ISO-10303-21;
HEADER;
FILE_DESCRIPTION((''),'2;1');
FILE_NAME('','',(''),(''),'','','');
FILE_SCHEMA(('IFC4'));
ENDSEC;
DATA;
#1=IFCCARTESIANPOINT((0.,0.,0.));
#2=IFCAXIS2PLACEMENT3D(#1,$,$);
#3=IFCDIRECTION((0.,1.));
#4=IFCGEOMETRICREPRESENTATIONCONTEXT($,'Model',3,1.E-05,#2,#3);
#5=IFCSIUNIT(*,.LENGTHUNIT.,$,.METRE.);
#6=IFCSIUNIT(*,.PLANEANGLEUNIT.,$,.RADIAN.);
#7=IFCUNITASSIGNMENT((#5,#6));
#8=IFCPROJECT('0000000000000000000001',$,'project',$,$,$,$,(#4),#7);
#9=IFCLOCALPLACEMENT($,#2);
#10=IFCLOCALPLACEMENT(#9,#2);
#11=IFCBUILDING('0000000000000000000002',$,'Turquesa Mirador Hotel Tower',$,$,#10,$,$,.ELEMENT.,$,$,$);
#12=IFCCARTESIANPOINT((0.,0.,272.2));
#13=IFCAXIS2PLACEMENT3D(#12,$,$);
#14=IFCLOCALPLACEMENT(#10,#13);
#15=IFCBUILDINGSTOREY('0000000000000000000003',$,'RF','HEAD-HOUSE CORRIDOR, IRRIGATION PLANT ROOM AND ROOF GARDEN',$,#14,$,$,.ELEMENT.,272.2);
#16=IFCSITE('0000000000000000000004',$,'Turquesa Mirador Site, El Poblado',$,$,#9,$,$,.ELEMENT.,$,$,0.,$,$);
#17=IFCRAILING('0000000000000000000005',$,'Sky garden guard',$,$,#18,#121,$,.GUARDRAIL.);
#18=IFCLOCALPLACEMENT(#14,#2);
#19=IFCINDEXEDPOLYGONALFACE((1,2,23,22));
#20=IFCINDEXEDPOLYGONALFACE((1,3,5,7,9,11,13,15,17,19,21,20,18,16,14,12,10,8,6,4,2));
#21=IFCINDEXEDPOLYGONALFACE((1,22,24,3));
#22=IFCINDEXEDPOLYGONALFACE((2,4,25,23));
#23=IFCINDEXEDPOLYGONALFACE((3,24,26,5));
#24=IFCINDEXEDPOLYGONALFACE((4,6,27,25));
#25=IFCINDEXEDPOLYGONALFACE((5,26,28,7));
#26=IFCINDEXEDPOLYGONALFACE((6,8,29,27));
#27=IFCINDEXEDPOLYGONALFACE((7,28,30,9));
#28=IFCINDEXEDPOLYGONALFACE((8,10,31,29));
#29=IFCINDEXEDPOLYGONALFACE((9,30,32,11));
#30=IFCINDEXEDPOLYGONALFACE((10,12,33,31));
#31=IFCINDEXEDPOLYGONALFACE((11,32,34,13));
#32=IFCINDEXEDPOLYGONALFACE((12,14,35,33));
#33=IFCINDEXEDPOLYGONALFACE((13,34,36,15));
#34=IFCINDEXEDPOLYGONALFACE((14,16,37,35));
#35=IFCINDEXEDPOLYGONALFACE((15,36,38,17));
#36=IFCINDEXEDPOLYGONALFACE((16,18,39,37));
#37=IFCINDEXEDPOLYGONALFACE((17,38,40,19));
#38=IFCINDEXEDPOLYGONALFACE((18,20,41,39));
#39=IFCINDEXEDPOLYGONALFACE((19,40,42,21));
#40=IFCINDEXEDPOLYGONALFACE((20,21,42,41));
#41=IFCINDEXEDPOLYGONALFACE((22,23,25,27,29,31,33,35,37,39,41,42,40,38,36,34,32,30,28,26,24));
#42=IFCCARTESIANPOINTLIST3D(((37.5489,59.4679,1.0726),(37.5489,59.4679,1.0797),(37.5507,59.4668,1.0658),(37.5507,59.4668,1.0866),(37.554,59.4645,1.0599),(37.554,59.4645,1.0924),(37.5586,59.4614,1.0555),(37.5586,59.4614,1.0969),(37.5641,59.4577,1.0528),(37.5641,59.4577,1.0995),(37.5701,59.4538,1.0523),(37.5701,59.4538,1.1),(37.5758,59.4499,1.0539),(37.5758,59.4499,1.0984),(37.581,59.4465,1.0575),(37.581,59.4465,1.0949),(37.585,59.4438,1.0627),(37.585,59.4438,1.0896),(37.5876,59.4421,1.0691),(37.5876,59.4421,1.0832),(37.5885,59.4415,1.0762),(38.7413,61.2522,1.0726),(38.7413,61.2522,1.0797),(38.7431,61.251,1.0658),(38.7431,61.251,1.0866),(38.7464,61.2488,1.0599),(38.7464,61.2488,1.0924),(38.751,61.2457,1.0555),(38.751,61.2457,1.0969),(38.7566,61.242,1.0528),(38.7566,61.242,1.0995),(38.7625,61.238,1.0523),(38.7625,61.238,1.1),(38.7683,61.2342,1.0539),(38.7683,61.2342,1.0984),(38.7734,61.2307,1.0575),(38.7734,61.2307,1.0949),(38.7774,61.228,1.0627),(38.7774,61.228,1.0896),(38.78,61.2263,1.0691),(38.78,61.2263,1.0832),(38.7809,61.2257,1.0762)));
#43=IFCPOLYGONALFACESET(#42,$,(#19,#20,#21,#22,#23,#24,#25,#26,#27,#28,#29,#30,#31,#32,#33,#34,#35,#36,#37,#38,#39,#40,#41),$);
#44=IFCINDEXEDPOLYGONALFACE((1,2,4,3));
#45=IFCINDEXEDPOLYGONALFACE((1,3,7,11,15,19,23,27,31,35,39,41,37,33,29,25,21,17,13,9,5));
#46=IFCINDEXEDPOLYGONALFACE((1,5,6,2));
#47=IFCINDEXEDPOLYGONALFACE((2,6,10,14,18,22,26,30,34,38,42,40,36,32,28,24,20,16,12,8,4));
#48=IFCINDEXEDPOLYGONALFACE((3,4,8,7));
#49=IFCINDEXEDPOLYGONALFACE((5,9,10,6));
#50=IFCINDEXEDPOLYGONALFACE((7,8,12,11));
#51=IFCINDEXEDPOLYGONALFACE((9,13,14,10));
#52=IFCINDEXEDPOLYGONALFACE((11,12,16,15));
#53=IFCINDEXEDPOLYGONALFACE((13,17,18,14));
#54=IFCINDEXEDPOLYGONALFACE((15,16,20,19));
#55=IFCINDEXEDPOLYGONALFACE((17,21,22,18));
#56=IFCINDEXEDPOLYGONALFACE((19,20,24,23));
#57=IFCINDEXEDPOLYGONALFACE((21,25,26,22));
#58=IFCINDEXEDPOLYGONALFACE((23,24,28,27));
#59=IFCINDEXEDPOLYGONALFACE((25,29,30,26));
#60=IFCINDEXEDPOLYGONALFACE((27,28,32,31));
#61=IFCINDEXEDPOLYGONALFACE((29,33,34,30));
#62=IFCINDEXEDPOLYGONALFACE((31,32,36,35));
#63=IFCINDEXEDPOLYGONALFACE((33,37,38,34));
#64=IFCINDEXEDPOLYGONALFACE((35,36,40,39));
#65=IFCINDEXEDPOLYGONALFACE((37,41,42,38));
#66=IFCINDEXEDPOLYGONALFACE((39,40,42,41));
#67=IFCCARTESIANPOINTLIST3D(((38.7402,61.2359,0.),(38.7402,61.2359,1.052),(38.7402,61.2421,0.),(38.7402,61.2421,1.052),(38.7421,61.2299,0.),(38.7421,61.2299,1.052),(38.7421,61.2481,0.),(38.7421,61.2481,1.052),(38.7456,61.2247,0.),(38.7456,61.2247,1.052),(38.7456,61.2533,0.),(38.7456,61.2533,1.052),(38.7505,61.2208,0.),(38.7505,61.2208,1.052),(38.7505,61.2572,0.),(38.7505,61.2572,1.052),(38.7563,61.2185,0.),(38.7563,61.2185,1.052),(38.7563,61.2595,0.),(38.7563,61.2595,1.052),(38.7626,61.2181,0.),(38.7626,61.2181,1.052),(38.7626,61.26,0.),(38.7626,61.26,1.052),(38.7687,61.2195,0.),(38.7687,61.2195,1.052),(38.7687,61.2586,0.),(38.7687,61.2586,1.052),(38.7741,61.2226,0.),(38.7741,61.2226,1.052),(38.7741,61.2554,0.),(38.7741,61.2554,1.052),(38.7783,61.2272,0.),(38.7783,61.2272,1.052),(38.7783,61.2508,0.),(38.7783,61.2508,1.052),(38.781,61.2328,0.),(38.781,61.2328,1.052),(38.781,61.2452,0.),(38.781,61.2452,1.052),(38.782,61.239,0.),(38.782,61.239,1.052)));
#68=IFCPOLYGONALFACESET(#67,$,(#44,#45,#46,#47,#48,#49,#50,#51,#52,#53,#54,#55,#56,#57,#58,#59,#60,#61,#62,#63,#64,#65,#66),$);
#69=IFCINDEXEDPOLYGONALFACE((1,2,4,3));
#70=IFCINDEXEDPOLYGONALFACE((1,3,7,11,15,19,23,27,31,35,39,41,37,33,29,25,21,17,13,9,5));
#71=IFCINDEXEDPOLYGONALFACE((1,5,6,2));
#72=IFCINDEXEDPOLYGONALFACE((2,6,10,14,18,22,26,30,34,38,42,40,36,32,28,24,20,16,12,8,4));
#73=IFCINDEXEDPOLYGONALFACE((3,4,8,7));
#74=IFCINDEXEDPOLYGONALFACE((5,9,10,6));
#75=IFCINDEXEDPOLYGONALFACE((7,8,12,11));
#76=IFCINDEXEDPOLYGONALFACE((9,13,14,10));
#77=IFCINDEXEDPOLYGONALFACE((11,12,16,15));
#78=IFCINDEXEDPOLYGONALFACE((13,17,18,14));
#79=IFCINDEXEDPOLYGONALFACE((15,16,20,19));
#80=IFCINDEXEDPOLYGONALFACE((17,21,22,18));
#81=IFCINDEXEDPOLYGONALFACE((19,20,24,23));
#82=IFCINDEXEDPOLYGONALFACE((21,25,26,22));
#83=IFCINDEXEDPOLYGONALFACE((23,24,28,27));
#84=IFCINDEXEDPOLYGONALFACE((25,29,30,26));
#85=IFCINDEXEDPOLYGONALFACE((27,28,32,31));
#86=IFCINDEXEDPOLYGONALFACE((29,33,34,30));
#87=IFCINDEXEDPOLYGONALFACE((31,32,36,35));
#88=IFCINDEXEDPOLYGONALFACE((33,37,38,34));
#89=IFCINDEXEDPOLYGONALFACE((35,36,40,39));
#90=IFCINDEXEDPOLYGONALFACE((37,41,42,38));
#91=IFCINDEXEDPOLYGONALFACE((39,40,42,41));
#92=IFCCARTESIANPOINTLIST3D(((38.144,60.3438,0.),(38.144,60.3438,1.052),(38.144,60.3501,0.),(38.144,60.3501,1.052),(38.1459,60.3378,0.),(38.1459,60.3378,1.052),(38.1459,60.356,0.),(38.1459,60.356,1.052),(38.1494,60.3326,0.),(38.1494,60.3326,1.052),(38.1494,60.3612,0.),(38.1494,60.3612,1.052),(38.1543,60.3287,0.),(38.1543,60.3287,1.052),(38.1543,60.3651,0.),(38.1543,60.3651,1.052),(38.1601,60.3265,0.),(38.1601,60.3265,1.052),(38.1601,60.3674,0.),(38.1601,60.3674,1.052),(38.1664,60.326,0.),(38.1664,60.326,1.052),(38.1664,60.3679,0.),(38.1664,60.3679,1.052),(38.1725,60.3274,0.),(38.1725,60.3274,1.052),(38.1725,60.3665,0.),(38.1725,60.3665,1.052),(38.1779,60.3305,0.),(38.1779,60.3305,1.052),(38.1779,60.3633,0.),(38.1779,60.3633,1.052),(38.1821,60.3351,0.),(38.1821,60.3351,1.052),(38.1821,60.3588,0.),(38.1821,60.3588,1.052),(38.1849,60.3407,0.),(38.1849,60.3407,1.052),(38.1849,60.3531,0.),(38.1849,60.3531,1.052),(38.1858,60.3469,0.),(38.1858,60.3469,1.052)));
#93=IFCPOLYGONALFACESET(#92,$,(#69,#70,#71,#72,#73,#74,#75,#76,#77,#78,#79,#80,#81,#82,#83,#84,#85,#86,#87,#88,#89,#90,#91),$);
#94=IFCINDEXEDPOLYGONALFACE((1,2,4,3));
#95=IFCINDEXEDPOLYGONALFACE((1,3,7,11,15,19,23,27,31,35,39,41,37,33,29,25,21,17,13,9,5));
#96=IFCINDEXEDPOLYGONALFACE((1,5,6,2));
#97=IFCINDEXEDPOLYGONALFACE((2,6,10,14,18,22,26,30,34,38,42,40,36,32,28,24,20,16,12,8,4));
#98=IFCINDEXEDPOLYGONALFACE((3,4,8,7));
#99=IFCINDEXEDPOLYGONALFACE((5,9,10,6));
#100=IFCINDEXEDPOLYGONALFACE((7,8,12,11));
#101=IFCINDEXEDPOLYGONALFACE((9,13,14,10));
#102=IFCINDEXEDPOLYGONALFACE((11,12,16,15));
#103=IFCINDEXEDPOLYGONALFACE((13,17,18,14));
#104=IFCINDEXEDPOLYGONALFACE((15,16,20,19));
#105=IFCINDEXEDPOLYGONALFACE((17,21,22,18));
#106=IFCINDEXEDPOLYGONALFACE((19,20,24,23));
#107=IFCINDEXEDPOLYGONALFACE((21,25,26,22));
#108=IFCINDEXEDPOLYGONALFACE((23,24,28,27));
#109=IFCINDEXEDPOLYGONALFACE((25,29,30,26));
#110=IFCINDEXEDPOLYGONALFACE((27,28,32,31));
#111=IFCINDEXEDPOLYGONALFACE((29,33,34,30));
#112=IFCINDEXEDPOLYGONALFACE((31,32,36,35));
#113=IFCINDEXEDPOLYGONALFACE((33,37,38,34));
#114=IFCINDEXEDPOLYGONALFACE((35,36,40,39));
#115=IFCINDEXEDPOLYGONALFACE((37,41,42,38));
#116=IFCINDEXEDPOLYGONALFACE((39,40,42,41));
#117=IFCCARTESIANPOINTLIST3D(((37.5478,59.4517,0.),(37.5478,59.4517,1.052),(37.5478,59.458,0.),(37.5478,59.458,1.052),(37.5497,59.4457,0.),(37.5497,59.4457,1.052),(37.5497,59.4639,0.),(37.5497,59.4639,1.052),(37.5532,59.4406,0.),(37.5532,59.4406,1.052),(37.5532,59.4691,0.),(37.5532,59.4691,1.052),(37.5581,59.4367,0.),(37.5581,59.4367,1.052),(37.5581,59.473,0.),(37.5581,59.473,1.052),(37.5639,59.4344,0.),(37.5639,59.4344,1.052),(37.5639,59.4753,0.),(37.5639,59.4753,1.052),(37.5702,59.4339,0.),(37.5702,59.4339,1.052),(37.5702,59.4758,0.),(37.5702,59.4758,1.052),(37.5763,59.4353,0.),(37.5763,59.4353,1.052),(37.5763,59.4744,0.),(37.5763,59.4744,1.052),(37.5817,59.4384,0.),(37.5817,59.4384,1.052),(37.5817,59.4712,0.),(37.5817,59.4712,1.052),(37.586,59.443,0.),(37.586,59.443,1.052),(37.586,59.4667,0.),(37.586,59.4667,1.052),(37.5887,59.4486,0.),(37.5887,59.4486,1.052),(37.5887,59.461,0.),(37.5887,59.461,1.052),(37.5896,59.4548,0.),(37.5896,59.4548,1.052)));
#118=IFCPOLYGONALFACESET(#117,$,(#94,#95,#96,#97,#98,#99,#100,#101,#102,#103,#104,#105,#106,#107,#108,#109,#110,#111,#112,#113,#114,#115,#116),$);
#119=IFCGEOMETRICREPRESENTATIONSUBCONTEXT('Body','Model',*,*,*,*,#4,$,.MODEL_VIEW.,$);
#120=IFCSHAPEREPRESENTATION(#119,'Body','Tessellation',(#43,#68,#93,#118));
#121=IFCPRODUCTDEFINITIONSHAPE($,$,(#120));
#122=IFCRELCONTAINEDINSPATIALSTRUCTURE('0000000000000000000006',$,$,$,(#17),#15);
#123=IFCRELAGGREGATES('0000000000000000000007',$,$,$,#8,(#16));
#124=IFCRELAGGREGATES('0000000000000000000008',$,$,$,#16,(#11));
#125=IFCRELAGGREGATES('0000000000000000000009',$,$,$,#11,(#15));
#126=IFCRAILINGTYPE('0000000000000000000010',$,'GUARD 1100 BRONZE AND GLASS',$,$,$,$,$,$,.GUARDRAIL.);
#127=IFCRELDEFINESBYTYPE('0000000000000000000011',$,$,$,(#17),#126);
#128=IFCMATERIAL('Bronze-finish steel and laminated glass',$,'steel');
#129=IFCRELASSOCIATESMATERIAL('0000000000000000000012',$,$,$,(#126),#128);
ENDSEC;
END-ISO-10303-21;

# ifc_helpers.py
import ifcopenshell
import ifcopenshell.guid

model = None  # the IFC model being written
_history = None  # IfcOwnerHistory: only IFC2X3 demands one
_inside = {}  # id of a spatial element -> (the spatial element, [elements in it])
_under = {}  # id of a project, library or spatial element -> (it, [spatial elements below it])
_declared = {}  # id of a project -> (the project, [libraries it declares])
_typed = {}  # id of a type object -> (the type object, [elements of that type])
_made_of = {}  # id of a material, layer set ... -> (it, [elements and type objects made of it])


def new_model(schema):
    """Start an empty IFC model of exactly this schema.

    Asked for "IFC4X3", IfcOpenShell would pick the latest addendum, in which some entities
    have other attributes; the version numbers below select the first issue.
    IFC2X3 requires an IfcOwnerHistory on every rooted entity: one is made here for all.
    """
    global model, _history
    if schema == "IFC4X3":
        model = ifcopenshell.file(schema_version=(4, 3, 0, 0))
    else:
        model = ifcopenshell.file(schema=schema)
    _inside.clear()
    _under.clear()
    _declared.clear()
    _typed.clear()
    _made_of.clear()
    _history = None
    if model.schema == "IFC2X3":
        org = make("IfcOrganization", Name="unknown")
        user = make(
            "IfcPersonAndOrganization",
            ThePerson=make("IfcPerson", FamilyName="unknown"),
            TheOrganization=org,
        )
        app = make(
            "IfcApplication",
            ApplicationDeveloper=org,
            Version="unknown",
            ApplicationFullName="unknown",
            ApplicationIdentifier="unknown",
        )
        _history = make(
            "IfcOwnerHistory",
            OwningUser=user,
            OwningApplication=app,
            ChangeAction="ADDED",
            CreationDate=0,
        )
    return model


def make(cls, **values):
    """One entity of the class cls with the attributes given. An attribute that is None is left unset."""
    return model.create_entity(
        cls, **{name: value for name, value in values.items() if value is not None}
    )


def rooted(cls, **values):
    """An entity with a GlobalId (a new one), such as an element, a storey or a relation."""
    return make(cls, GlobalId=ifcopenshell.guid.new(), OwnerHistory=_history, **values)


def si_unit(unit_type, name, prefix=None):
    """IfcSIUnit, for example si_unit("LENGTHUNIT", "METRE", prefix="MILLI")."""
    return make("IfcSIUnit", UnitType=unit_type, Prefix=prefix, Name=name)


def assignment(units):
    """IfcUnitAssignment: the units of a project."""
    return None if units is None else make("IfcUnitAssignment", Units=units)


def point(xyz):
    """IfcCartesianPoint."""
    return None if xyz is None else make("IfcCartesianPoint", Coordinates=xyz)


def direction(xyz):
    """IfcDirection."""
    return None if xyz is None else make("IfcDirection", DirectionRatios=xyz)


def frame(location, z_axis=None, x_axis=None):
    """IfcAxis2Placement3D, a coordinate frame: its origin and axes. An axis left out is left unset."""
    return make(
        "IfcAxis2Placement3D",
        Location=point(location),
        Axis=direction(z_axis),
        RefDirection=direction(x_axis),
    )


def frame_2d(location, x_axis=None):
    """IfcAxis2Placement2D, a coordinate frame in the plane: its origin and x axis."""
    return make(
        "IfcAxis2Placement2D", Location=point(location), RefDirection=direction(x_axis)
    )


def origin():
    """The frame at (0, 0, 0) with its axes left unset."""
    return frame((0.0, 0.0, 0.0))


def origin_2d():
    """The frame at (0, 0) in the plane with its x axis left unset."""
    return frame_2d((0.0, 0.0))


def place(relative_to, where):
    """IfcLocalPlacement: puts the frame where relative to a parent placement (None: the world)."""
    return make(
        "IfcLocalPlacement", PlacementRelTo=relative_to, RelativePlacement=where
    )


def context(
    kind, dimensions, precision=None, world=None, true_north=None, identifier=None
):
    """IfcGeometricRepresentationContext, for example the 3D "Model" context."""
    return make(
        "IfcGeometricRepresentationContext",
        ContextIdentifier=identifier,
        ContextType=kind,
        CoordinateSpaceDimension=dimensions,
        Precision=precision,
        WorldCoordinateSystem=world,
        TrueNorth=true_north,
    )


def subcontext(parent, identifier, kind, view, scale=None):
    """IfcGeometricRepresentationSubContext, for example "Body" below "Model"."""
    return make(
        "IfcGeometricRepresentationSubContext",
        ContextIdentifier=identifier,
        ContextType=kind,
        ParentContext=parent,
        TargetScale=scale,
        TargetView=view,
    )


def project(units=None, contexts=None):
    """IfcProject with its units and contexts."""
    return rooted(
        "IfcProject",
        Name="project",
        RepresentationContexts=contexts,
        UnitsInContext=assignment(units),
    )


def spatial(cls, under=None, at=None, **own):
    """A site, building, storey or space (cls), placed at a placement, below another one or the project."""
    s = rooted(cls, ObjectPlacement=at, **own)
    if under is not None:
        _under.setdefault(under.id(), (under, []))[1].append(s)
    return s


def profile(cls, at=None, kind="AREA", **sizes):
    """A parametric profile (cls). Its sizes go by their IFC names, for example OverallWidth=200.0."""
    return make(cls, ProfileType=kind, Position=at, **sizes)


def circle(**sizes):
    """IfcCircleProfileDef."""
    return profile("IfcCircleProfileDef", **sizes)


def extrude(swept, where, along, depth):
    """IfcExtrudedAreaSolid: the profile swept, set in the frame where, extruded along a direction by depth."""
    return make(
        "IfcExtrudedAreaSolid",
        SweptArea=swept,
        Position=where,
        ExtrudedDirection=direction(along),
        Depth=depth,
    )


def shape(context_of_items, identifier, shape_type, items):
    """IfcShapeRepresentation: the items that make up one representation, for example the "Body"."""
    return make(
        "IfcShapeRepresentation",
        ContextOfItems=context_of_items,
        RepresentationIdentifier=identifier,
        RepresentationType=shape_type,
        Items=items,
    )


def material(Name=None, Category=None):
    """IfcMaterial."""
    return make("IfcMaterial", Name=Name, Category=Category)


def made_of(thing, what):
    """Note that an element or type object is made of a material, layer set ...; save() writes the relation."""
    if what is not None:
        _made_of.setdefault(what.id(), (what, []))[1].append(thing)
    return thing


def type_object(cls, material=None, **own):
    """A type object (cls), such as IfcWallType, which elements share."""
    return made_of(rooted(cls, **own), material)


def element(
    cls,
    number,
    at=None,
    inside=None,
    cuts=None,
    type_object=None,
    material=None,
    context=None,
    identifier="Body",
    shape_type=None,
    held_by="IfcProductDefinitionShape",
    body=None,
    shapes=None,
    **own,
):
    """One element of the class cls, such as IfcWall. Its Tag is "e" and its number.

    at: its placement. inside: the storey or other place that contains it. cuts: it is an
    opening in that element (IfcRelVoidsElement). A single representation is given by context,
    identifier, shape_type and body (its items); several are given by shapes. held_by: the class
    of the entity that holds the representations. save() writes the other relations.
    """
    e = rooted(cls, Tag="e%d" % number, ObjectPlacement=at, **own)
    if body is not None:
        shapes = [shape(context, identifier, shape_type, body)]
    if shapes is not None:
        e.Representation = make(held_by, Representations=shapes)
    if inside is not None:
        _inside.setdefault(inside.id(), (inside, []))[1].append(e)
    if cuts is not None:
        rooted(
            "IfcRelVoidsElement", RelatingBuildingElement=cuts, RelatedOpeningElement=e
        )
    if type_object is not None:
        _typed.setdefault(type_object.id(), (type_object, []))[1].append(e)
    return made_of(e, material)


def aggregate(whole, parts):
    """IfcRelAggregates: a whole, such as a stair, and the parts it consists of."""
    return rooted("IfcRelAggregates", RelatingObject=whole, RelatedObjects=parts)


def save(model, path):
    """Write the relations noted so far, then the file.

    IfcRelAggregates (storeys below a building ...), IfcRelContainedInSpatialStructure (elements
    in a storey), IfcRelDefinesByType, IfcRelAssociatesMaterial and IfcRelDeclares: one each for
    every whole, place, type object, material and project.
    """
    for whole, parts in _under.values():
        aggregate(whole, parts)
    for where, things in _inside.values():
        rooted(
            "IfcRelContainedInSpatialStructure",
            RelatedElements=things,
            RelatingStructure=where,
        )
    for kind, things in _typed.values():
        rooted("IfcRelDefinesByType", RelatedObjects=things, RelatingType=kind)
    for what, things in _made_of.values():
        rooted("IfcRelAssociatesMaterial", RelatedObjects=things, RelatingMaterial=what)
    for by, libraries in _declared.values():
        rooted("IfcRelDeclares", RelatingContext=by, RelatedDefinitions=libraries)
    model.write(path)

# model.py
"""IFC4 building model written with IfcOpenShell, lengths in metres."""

from ifc_helpers import new_model, si_unit, direction, frame, origin, origin_2d, place, context, subcontext, project, spatial, circle, extrude, material, type_object, element, save


model = new_model("IFC4")

# Units and contexts
model_context = context("Model", 3, precision=1e-05, world=origin(), true_north=direction((0.0, 1.0)))
body_context = subcontext(model_context, "Body", "Model", "MODEL_VIEW")
ifc_project = project(units=[si_unit("LENGTHUNIT", "METRE"), si_unit("PLANEANGLEUNIT", "RADIAN")], contexts=[model_context])

# Site, building, storey
site_placement = place(None, origin())
site = spatial("IfcSite", under=ifc_project, at=site_placement, Name="Turquesa Mirador Site, El Poblado", CompositionType="ELEMENT", RefElevation=0.0)
building_placement = place(site_placement, origin())
building = spatial("IfcBuilding", under=site, at=building_placement, Name="Turquesa Mirador Hotel Tower", CompositionType="ELEMENT")
storey_placement = place(building_placement, frame((0.0, 0.0, 272.2)))
storey = spatial("IfcBuildingStorey", under=building, at=storey_placement, Name="RF", Description="HEAD-HOUSE CORRIDOR, IRRIGATION PLANT ROOM AND ROOF GARDEN", CompositionType="ELEMENT", Elevation=272.2)

# Railing
ifc_material_1 = material(Name="Bronze-finish steel and laminated glass", Category="steel")
railing_type = type_object("IfcRailingType", Name="GUARD 1100 BRONZE AND GLASS", PredefinedType="GUARDRAIL", material=ifc_material_1)
railing_1_placement = place(storey_placement, frame((38.761, 61.239, 0.0)))
element("IfcRailing", 1, at=railing_1_placement, inside=storey, type_object=railing_type, Name="Sky garden guard", PredefinedType="GUARDRAIL", context=body_context, shape_type="SweptSolid", body=[
    extrude(circle(Radius=0.0239, at=origin_2d()), frame((0.0, 0.0, 1.0762), z_axis=(-0.555645, -0.83142, 0.0), x_axis=(0.83142, -0.555645, 0.0)), (0.0, 0.0, 1.0), 2.146),
    extrude(circle(Radius=0.021, at=origin_2d()), origin(), (0.0, 0.0, 1.0), 1.052),
    extrude(circle(Radius=0.021, at=origin_2d()), frame((-0.5962, -0.8921, 0.0)), (0.0, 0.0, 1.0), 1.052),
    extrude(circle(Radius=0.021, at=origin_2d()), frame((-1.1924, -1.7842, 0.0)), (0.0, 0.0, 1.0), 1.052),
])

save(model, "model.ifc")
